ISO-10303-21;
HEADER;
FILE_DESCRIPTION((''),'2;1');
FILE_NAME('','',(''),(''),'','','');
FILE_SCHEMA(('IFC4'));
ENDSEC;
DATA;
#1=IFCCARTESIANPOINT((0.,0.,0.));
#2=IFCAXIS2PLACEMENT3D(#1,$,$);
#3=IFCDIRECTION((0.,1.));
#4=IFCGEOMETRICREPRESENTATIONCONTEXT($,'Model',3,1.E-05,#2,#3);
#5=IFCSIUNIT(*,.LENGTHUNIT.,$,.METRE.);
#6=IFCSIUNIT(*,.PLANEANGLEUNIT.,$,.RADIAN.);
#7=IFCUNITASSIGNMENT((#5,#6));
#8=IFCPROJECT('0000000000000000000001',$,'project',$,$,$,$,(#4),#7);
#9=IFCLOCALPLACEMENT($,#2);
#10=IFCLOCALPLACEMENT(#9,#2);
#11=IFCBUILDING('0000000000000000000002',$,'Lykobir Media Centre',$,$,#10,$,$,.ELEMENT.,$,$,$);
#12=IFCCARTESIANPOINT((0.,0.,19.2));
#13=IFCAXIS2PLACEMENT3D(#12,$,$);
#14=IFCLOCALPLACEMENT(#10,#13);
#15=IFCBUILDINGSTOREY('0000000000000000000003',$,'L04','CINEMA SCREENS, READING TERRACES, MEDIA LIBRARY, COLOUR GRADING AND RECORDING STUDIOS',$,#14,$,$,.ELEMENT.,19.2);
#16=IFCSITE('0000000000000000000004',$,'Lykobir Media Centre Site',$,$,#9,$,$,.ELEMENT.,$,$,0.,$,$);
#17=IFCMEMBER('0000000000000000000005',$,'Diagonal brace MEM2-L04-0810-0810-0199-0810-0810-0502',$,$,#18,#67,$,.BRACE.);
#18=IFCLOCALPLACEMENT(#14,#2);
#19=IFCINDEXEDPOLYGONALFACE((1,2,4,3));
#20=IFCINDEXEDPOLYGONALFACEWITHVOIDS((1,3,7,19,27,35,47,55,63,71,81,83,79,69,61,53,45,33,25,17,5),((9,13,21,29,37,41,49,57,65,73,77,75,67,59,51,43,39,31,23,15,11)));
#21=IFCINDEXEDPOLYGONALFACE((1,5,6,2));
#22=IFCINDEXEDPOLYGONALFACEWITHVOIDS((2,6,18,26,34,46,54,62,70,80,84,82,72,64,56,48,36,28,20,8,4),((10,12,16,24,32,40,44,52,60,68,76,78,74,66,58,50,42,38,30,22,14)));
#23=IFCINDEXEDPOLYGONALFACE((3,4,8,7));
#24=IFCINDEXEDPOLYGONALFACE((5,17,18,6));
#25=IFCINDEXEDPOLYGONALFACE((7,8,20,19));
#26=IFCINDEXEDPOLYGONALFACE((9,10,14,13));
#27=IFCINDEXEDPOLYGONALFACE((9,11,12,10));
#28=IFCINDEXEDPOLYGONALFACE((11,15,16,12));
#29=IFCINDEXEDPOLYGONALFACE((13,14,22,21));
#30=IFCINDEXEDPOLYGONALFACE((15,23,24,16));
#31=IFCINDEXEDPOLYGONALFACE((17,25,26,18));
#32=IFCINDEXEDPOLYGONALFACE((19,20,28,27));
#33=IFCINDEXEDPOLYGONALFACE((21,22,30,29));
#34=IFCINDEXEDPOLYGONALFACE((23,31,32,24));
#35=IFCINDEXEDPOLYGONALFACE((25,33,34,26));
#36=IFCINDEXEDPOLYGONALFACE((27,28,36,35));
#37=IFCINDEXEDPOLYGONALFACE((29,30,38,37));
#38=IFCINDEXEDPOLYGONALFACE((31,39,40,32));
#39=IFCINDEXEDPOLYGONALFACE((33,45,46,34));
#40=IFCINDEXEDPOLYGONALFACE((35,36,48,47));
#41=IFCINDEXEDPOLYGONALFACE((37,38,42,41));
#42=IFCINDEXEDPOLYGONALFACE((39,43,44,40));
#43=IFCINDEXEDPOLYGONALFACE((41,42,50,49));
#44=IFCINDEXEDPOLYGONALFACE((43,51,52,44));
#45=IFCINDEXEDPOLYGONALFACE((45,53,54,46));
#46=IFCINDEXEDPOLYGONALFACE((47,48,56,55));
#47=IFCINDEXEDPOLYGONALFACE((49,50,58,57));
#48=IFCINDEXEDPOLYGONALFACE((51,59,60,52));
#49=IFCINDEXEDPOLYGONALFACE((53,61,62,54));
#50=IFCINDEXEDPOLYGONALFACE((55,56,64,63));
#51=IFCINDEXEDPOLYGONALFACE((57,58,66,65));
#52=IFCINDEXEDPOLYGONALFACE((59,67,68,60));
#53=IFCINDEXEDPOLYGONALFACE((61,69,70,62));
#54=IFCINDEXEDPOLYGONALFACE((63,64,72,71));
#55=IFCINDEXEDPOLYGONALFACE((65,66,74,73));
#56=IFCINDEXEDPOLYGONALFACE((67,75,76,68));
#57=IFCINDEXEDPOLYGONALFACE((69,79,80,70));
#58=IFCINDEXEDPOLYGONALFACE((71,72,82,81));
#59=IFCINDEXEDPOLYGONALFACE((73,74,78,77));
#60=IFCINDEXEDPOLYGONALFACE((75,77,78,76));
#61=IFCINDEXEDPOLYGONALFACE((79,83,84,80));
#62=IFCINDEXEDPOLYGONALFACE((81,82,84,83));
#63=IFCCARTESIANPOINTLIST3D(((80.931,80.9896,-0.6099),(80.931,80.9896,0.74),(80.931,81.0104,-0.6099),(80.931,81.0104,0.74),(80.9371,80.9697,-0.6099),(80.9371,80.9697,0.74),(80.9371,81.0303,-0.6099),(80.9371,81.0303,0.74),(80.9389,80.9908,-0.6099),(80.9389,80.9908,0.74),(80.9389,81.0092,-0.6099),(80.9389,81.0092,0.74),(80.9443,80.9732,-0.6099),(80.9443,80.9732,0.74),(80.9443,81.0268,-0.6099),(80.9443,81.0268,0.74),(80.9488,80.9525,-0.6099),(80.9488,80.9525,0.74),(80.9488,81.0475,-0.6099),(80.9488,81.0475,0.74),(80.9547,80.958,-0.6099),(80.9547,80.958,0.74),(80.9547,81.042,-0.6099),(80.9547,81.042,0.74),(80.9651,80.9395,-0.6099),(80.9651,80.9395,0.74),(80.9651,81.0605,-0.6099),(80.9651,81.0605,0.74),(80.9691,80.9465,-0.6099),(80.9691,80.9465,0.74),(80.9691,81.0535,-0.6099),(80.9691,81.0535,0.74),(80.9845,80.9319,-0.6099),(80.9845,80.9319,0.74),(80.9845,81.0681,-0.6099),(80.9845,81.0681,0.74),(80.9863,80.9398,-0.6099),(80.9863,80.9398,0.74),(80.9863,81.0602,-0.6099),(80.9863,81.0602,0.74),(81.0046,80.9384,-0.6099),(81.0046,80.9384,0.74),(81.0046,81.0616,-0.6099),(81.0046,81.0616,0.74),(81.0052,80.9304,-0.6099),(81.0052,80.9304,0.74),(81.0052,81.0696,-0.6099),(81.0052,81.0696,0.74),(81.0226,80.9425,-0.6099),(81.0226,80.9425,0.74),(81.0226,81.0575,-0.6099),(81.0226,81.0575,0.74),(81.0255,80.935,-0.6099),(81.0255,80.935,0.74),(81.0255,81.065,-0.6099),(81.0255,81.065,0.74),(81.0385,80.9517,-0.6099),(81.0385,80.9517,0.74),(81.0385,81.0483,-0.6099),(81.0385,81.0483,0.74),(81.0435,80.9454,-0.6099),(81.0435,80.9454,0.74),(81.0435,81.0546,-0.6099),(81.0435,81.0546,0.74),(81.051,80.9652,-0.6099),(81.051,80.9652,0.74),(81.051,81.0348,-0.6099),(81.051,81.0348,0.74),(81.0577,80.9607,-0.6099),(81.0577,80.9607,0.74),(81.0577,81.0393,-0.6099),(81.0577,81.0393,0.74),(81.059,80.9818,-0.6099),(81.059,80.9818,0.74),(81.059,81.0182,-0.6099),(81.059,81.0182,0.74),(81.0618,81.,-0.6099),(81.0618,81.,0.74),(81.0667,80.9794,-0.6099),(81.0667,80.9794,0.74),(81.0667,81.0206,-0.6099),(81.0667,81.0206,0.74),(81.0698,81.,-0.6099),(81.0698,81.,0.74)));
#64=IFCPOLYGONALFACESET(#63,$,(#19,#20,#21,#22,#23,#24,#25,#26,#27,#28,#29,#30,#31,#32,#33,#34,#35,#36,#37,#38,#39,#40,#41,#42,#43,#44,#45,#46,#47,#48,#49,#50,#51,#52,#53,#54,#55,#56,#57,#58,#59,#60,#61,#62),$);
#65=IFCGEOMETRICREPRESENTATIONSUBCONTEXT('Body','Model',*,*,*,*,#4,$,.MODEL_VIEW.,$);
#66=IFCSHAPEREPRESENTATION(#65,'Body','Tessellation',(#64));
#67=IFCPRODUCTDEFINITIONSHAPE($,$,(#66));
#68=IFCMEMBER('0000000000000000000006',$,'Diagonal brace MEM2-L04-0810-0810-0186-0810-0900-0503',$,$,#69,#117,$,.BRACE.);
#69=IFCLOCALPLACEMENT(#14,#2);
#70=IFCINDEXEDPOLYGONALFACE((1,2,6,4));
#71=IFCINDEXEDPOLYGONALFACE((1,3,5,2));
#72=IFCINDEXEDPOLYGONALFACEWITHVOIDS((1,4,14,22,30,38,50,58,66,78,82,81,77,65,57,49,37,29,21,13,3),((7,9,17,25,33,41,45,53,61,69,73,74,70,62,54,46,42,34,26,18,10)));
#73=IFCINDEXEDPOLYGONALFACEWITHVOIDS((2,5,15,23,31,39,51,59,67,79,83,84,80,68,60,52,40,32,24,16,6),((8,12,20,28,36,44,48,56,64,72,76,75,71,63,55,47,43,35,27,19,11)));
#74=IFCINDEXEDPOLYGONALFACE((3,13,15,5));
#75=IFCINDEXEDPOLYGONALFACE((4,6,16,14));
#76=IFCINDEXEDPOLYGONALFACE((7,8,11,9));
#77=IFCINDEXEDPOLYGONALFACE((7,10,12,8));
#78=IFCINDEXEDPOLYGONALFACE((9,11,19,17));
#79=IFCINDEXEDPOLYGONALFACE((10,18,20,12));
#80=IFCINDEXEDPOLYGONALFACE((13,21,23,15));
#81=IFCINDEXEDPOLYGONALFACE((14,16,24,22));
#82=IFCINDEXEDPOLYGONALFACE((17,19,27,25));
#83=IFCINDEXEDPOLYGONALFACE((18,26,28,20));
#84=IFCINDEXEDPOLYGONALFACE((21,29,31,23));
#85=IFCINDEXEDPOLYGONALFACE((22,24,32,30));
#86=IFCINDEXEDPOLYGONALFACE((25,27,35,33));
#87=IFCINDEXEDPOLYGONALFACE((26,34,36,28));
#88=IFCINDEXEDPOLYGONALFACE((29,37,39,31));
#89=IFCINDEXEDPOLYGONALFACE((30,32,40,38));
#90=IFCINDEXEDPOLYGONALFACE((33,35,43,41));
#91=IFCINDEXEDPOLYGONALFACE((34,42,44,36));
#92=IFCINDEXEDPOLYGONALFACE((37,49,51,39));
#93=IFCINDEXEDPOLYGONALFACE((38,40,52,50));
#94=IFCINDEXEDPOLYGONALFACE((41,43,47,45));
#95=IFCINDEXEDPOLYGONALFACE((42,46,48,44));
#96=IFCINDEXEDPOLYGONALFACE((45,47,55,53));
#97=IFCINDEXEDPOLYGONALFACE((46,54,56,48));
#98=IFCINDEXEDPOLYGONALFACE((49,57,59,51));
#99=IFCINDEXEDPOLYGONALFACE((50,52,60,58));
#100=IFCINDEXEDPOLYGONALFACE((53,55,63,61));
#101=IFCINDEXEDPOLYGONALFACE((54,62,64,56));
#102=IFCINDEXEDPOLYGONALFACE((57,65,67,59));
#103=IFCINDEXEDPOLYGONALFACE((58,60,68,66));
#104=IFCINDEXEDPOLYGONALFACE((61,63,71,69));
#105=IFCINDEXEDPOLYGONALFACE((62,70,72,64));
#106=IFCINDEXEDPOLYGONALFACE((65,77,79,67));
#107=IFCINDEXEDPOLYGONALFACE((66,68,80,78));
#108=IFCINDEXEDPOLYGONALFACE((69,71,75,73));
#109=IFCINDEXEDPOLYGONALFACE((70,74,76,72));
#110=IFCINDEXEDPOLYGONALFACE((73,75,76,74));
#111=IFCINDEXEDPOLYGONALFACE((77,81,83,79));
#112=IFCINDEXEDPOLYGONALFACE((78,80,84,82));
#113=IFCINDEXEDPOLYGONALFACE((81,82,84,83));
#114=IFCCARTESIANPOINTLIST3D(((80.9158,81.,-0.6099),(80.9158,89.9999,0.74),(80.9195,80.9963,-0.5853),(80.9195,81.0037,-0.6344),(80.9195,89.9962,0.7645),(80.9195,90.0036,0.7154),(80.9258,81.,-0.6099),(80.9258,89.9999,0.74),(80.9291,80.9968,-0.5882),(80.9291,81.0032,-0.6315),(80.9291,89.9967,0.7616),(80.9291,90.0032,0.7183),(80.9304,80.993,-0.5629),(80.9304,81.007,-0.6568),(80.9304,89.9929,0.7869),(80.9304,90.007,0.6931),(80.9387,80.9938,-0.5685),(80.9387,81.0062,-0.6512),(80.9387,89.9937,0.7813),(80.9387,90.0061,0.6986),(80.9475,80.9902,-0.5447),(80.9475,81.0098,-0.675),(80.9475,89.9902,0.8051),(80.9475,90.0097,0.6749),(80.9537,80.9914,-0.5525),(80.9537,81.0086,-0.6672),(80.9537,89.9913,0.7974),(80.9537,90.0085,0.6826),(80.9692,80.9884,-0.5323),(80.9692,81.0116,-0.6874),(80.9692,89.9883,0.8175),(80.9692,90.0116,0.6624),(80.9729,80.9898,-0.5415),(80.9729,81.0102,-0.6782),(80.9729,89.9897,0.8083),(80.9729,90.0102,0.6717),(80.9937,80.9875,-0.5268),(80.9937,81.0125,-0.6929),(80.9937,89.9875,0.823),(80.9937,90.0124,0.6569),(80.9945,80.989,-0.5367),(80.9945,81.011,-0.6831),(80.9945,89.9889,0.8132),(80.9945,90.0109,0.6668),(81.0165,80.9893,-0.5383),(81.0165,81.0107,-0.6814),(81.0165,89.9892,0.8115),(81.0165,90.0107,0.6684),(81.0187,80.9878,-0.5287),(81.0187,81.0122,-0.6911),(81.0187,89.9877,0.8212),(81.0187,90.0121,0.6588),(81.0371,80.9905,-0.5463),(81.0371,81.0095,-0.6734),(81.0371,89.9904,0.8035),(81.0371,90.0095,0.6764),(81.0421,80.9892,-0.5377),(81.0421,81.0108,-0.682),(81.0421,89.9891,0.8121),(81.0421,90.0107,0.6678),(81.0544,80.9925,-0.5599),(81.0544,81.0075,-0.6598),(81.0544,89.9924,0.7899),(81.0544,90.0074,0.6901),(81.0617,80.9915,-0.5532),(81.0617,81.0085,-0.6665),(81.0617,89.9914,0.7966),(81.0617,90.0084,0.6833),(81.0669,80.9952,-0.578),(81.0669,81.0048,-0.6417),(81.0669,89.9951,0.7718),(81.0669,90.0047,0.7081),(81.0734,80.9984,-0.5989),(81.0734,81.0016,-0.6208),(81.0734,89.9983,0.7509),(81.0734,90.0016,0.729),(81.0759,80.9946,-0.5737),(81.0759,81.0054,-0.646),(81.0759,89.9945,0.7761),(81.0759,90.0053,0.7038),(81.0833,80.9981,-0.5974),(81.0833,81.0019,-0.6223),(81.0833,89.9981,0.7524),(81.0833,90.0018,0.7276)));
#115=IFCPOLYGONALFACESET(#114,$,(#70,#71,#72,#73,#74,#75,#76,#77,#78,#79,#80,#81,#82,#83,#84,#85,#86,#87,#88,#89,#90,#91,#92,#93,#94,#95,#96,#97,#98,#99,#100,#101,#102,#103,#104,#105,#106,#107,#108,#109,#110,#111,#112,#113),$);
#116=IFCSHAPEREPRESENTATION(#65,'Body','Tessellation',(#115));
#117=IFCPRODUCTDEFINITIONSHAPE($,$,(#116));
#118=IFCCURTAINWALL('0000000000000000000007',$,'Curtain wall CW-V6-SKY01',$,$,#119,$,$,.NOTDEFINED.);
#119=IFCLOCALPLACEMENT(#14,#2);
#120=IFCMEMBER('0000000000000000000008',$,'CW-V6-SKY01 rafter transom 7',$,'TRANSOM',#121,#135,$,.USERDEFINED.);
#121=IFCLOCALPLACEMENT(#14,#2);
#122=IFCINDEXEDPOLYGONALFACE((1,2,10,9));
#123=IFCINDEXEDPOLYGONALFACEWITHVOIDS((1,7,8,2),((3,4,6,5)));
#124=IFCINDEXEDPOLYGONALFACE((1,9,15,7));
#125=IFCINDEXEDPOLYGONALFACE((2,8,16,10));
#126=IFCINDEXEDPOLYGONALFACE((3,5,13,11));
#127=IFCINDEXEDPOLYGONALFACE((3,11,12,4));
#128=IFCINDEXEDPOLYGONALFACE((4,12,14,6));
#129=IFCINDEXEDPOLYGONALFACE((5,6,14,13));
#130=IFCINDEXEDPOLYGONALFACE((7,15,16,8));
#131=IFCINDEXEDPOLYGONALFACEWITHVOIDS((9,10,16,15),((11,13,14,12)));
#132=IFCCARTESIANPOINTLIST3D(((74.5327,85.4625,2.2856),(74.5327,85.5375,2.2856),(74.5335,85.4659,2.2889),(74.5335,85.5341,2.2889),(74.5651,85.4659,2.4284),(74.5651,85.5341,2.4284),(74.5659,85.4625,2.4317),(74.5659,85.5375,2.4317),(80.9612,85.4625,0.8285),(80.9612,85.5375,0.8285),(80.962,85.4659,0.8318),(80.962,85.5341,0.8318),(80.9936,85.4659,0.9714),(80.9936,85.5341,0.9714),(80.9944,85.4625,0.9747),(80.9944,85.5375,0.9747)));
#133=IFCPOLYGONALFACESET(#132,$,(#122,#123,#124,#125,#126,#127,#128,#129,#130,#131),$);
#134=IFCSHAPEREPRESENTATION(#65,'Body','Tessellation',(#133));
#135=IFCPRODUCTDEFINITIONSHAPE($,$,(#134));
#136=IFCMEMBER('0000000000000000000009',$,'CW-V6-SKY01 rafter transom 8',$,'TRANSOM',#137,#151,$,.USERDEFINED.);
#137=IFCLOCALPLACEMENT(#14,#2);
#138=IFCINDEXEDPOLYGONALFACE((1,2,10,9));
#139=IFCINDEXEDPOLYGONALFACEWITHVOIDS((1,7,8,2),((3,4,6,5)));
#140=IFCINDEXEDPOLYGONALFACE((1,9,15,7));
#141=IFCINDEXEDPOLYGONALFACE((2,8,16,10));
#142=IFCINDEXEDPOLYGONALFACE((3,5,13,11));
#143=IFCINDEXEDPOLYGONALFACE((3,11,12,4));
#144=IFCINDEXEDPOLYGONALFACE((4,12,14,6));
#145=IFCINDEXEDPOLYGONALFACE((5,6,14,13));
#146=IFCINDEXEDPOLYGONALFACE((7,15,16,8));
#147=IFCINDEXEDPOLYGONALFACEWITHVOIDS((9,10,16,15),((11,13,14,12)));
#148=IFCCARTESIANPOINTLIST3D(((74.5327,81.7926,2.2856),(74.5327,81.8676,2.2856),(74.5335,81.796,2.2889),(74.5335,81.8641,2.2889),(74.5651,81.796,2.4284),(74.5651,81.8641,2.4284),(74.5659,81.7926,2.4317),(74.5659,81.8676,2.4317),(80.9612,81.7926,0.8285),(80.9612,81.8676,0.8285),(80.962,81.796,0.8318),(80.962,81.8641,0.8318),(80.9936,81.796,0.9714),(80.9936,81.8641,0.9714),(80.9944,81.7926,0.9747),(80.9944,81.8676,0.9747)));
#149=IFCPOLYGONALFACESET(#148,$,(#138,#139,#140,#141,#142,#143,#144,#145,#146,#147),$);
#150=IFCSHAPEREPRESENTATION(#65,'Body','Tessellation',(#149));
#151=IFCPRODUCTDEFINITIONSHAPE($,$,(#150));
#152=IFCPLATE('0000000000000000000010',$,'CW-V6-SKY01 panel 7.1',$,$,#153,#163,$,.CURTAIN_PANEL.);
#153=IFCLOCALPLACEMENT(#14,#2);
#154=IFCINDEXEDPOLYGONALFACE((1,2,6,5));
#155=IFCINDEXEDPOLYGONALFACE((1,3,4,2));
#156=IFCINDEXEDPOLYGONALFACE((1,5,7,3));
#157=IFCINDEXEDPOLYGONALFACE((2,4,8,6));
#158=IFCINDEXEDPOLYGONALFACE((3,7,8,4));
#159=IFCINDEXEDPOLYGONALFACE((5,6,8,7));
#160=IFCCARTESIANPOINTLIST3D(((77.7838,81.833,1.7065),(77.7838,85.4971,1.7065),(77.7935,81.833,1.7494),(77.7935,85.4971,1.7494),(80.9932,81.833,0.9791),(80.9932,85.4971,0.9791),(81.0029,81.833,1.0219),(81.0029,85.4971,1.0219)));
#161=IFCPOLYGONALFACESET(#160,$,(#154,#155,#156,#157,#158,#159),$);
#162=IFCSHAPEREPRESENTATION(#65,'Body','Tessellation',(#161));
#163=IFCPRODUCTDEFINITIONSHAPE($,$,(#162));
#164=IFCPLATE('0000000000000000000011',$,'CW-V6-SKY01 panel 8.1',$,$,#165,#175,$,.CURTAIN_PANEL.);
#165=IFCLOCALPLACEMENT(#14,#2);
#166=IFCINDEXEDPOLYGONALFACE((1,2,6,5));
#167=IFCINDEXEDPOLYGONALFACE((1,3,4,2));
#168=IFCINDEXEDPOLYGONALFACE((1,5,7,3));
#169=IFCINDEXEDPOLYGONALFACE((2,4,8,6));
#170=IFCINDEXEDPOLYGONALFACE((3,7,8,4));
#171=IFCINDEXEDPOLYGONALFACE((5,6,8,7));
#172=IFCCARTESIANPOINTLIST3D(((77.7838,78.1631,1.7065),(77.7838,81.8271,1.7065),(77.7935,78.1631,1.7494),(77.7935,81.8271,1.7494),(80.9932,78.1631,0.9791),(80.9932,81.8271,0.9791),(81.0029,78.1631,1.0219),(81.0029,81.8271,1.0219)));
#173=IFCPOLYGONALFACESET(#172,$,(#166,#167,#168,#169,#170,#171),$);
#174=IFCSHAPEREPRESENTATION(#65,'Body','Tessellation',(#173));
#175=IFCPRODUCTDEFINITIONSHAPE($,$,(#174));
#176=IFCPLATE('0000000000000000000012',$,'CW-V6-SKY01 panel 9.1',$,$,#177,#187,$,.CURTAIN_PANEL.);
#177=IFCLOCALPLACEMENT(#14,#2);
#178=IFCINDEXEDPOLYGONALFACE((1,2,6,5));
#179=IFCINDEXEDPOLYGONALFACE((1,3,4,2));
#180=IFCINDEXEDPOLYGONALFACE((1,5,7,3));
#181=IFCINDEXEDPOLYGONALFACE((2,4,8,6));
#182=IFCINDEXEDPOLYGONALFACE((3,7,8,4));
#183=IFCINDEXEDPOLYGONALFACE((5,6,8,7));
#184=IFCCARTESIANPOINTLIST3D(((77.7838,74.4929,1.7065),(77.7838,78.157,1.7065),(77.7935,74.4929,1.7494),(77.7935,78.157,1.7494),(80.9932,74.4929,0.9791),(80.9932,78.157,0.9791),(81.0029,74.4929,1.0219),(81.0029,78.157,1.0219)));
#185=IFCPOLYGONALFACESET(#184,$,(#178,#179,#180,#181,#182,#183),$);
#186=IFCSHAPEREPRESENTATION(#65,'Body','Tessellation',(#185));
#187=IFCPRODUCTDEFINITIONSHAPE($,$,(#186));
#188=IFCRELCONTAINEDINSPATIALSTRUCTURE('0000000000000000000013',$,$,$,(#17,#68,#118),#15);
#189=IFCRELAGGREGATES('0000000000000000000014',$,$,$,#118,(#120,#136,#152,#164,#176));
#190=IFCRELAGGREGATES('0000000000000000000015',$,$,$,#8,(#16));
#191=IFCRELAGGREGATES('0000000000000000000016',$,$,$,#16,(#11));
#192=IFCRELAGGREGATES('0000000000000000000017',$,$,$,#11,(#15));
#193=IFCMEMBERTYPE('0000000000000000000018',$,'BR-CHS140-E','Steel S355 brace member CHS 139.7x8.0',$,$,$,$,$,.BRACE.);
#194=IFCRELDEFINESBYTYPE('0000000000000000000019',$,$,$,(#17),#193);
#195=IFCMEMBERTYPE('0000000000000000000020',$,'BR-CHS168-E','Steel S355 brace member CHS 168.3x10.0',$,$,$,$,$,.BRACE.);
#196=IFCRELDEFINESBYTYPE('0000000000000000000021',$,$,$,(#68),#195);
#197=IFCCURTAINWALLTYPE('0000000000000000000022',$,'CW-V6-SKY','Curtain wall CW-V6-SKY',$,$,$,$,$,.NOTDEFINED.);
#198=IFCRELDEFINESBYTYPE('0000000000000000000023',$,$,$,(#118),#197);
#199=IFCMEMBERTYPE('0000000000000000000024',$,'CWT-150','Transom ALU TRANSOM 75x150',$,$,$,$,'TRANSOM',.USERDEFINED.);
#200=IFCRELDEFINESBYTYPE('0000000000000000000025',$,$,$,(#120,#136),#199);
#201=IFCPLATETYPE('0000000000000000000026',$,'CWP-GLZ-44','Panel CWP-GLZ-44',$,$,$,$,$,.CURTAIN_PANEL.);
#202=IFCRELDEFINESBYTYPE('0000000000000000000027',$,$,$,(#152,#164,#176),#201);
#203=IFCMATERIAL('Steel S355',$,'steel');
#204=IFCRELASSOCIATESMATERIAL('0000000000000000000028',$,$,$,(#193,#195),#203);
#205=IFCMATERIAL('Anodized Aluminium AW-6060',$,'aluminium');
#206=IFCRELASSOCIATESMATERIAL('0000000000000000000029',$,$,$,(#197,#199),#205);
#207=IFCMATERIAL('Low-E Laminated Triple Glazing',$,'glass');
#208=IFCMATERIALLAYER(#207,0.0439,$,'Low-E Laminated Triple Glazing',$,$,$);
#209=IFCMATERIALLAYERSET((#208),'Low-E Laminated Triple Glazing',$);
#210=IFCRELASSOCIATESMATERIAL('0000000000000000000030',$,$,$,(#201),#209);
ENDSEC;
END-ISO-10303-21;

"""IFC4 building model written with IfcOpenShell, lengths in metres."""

from ifc_helpers import new_model, si_unit, direction, frame, origin, origin_2d, place, context, subcontext, project, spatial, rectangle, hollow_rectangle, hollow_circle, extrude, material, layer, layer_set, material_profile, profile_set, type_object, element, aggregate, save


model = new_model("IFC4")

# Units and contexts
model_context = context("Model", 3, precision=1e-05, world=origin(), true_north=direction((0.0, 1.0)))
body_context = subcontext(model_context, "Body", "Model", "MODEL_VIEW")
ifc_project = project(units=[si_unit("LENGTHUNIT", "METRE"), si_unit("PLANEANGLEUNIT", "RADIAN")], contexts=[model_context])

# Site, building, storey
site_placement = place(None, origin())
site = spatial("IfcSite", under=ifc_project, at=site_placement, Name="Lykobir Media Centre Site", CompositionType="ELEMENT", RefElevation=0.0)
building_placement = place(site_placement, origin())
building = spatial("IfcBuilding", under=site, at=building_placement, Name="Lykobir Media Centre", CompositionType="ELEMENT")
storey_placement = place(building_placement, frame((0.0, 0.0, 19.2)))
storey = spatial("IfcBuildingStorey", under=building, at=storey_placement, Name="L04", Description="CINEMA SCREENS, READING TERRACES, MEDIA LIBRARY, COLOUR GRADING AND RECORDING STUDIOS", CompositionType="ELEMENT", Elevation=19.2)

# Members
ifc_material_1 = material(Name="Steel S355", Category="steel")
ifc_material_profile_1 = material_profile(ifc_material_1, hollow_circle(Radius=0.0698, WallThickness=0.0081, at=origin_2d()), Name="CHS 139.7x8.0")
ifc_profile_set_1 = profile_set([ifc_material_profile_1], Name="Steel S355")
member_type_1 = type_object("IfcMemberType", Name="BR-CHS140-E", Description="Steel S355 brace member CHS 139.7x8.0", PredefinedType="BRACE", material=ifc_profile_set_1)
member_1_placement = place(storey_placement, frame((81.0, 81.0, 0.74), z_axis=(0.0, 0.0, -1.0), x_axis=(1.0, 0.0, 0.0)))
element("IfcMember", 1, at=member_1_placement, inside=storey, type_object=member_type_1, Name="Diagonal brace MEM2-L04-0810-0810-0199-0810-0810-0502", PredefinedType="BRACE", context=body_context, shape_type="SweptSolid", body=[
    extrude(hollow_circle(Radius=0.0698, WallThickness=0.0081, at=origin_2d()), origin(), (0.0, 0.0, 1.0), 1.3499),
])
ifc_material_profile_2 = material_profile(ifc_material_1, hollow_circle(Radius=0.0842, WallThickness=0.01, at=origin_2d()), Name="CHS 168.3x10.0")
ifc_profile_set_2 = profile_set([ifc_material_profile_2], Name="Steel S355")
member_type_2 = type_object("IfcMemberType", Name="BR-CHS168-E", Description="Steel S355 brace member CHS 168.3x10.0", PredefinedType="BRACE", material=ifc_profile_set_2)
member_2_placement = place(storey_placement, frame((81.0, 81.0, -0.6099), z_axis=(0.0, 0.988939, 0.148325), x_axis=(-1.0, 0.0, 0.0)))
element("IfcMember", 2, at=member_2_placement, inside=storey, type_object=member_type_2, Name="Diagonal brace MEM2-L04-0810-0810-0186-0810-0900-0503", PredefinedType="BRACE", context=body_context, shape_type="SweptSolid", body=[
    extrude(hollow_circle(Radius=0.0842, WallThickness=0.01, at=origin_2d()), origin(), (0.0, 0.0, 1.0), 9.1006),
])

# Curtain wall, members, plates
ifc_material_2 = material(Name="Anodized Aluminium AW-6060", Category="aluminium")
curtain_wall_type = type_object("IfcCurtainWallType", Name="CW-V6-SKY", Description="Curtain wall CW-V6-SKY", PredefinedType="NOTDEFINED", material=ifc_material_2)
curtain_wall_placement = place(storey_placement, origin())
curtain_wall = element("IfcCurtainWall", 3, at=curtain_wall_placement, inside=storey, type_object=curtain_wall_type, Name="Curtain wall CW-V6-SKY01", PredefinedType="NOTDEFINED")
ifc_material_profile_3 = material_profile(ifc_material_2, hollow_rectangle(XDim=0.075, YDim=0.1499, WallThickness=0.0034, at=origin_2d()), Name="ALU TRANSOM 75x150")
ifc_profile_set_3 = profile_set([ifc_material_profile_3], Name="Anodized Aluminium AW-6060")
member_type_3 = type_object("IfcMemberType", Name="CWT-150", Description="Transom ALU TRANSOM 75x150", ElementType="TRANSOM", PredefinedType="USERDEFINED", material=ifc_profile_set_3)
member_3_placement = place(storey_placement, frame((80.9778, 85.5, 0.9016), z_axis=(-0.975263, 0.0, 0.221046), x_axis=(0.0, -1.0, 0.0)))
member_3 = element("IfcMember", 4, at=member_3_placement, type_object=member_type_3, Name="CW-V6-SKY01 rafter transom 7", ObjectType="TRANSOM", PredefinedType="USERDEFINED", context=body_context, shape_type="SweptSolid", body=[
    extrude(hollow_rectangle(XDim=0.075, YDim=0.1499, WallThickness=0.0034, at=origin_2d()), origin(), (0.0, 0.0, 1.0), 6.5916),
])
member_4_placement = place(storey_placement, frame((80.9778, 81.8301, 0.9016), z_axis=(-0.975263, 0.0, 0.221046), x_axis=(0.0, -1.0, 0.0)))
member_4 = element("IfcMember", 5, at=member_4_placement, type_object=member_type_3, Name="CW-V6-SKY01 rafter transom 8", ObjectType="TRANSOM", PredefinedType="USERDEFINED", context=body_context, shape_type="SweptSolid", body=[
    extrude(hollow_rectangle(XDim=0.075, YDim=0.1499, WallThickness=0.0034, at=origin_2d()), origin(), (0.0, 0.0, 1.0), 6.5916),
])
ifc_material_3 = material(Name="Low-E Laminated Triple Glazing", Category="glass")
ifc_layer_1 = layer(ifc_material_3, 0.0439, Name="Low-E Laminated Triple Glazing")
ifc_layer_set_1 = layer_set([ifc_layer_1], Name="Low-E Laminated Triple Glazing")
plate_type_1 = type_object("IfcPlateType", Name="CWP-GLZ-44", Description="Panel CWP-GLZ-44", PredefinedType="CURTAIN_PANEL", material=ifc_layer_set_1)
plate_1_placement = place(storey_placement, frame((80.998, 83.665, 1.0005), z_axis=(-0.975261, 0.0, 0.221055), x_axis=(0.0, -1.0, 0.0)))
plate_1 = element("IfcPlate", 6, at=plate_1_placement, type_object=plate_type_1, Name="CW-V6-SKY01 panel 7.1", PredefinedType="CURTAIN_PANEL", context=body_context, shape_type="SweptSolid", body=[
    extrude(rectangle(XDim=3.6641, YDim=0.0439, at=origin_2d()), origin(), (0.0, 0.0, 1.0), 3.2908),
])
plate_2_placement = place(storey_placement, frame((80.998, 79.9951, 1.0005), z_axis=(-0.975261, 0.0, 0.221055), x_axis=(0.0, -1.0, 0.0)))
plate_2 = element("IfcPlate", 7, at=plate_2_placement, type_object=plate_type_1, Name="CW-V6-SKY01 panel 8.1", PredefinedType="CURTAIN_PANEL", context=body_context, shape_type="SweptSolid", body=[
    extrude(rectangle(XDim=3.6641, YDim=0.0439, at=origin_2d()), origin(), (0.0, 0.0, 1.0), 3.2908),
])
plate_3_placement = place(storey_placement, frame((80.998, 76.325, 1.0005), z_axis=(-0.975261, 0.0, 0.221055), x_axis=(0.0, -1.0, 0.0)))
plate_3 = element("IfcPlate", 8, at=plate_3_placement, type_object=plate_type_1, Name="CW-V6-SKY01 panel 9.1", PredefinedType="CURTAIN_PANEL", context=body_context, shape_type="SweptSolid", body=[
    extrude(rectangle(XDim=3.6641, YDim=0.0439, at=origin_2d()), origin(), (0.0, 0.0, 1.0), 3.2908),
])
aggregate(curtain_wall, [member_3, member_4, plate_1, plate_2, plate_3])

save(model, "model.ifc")
